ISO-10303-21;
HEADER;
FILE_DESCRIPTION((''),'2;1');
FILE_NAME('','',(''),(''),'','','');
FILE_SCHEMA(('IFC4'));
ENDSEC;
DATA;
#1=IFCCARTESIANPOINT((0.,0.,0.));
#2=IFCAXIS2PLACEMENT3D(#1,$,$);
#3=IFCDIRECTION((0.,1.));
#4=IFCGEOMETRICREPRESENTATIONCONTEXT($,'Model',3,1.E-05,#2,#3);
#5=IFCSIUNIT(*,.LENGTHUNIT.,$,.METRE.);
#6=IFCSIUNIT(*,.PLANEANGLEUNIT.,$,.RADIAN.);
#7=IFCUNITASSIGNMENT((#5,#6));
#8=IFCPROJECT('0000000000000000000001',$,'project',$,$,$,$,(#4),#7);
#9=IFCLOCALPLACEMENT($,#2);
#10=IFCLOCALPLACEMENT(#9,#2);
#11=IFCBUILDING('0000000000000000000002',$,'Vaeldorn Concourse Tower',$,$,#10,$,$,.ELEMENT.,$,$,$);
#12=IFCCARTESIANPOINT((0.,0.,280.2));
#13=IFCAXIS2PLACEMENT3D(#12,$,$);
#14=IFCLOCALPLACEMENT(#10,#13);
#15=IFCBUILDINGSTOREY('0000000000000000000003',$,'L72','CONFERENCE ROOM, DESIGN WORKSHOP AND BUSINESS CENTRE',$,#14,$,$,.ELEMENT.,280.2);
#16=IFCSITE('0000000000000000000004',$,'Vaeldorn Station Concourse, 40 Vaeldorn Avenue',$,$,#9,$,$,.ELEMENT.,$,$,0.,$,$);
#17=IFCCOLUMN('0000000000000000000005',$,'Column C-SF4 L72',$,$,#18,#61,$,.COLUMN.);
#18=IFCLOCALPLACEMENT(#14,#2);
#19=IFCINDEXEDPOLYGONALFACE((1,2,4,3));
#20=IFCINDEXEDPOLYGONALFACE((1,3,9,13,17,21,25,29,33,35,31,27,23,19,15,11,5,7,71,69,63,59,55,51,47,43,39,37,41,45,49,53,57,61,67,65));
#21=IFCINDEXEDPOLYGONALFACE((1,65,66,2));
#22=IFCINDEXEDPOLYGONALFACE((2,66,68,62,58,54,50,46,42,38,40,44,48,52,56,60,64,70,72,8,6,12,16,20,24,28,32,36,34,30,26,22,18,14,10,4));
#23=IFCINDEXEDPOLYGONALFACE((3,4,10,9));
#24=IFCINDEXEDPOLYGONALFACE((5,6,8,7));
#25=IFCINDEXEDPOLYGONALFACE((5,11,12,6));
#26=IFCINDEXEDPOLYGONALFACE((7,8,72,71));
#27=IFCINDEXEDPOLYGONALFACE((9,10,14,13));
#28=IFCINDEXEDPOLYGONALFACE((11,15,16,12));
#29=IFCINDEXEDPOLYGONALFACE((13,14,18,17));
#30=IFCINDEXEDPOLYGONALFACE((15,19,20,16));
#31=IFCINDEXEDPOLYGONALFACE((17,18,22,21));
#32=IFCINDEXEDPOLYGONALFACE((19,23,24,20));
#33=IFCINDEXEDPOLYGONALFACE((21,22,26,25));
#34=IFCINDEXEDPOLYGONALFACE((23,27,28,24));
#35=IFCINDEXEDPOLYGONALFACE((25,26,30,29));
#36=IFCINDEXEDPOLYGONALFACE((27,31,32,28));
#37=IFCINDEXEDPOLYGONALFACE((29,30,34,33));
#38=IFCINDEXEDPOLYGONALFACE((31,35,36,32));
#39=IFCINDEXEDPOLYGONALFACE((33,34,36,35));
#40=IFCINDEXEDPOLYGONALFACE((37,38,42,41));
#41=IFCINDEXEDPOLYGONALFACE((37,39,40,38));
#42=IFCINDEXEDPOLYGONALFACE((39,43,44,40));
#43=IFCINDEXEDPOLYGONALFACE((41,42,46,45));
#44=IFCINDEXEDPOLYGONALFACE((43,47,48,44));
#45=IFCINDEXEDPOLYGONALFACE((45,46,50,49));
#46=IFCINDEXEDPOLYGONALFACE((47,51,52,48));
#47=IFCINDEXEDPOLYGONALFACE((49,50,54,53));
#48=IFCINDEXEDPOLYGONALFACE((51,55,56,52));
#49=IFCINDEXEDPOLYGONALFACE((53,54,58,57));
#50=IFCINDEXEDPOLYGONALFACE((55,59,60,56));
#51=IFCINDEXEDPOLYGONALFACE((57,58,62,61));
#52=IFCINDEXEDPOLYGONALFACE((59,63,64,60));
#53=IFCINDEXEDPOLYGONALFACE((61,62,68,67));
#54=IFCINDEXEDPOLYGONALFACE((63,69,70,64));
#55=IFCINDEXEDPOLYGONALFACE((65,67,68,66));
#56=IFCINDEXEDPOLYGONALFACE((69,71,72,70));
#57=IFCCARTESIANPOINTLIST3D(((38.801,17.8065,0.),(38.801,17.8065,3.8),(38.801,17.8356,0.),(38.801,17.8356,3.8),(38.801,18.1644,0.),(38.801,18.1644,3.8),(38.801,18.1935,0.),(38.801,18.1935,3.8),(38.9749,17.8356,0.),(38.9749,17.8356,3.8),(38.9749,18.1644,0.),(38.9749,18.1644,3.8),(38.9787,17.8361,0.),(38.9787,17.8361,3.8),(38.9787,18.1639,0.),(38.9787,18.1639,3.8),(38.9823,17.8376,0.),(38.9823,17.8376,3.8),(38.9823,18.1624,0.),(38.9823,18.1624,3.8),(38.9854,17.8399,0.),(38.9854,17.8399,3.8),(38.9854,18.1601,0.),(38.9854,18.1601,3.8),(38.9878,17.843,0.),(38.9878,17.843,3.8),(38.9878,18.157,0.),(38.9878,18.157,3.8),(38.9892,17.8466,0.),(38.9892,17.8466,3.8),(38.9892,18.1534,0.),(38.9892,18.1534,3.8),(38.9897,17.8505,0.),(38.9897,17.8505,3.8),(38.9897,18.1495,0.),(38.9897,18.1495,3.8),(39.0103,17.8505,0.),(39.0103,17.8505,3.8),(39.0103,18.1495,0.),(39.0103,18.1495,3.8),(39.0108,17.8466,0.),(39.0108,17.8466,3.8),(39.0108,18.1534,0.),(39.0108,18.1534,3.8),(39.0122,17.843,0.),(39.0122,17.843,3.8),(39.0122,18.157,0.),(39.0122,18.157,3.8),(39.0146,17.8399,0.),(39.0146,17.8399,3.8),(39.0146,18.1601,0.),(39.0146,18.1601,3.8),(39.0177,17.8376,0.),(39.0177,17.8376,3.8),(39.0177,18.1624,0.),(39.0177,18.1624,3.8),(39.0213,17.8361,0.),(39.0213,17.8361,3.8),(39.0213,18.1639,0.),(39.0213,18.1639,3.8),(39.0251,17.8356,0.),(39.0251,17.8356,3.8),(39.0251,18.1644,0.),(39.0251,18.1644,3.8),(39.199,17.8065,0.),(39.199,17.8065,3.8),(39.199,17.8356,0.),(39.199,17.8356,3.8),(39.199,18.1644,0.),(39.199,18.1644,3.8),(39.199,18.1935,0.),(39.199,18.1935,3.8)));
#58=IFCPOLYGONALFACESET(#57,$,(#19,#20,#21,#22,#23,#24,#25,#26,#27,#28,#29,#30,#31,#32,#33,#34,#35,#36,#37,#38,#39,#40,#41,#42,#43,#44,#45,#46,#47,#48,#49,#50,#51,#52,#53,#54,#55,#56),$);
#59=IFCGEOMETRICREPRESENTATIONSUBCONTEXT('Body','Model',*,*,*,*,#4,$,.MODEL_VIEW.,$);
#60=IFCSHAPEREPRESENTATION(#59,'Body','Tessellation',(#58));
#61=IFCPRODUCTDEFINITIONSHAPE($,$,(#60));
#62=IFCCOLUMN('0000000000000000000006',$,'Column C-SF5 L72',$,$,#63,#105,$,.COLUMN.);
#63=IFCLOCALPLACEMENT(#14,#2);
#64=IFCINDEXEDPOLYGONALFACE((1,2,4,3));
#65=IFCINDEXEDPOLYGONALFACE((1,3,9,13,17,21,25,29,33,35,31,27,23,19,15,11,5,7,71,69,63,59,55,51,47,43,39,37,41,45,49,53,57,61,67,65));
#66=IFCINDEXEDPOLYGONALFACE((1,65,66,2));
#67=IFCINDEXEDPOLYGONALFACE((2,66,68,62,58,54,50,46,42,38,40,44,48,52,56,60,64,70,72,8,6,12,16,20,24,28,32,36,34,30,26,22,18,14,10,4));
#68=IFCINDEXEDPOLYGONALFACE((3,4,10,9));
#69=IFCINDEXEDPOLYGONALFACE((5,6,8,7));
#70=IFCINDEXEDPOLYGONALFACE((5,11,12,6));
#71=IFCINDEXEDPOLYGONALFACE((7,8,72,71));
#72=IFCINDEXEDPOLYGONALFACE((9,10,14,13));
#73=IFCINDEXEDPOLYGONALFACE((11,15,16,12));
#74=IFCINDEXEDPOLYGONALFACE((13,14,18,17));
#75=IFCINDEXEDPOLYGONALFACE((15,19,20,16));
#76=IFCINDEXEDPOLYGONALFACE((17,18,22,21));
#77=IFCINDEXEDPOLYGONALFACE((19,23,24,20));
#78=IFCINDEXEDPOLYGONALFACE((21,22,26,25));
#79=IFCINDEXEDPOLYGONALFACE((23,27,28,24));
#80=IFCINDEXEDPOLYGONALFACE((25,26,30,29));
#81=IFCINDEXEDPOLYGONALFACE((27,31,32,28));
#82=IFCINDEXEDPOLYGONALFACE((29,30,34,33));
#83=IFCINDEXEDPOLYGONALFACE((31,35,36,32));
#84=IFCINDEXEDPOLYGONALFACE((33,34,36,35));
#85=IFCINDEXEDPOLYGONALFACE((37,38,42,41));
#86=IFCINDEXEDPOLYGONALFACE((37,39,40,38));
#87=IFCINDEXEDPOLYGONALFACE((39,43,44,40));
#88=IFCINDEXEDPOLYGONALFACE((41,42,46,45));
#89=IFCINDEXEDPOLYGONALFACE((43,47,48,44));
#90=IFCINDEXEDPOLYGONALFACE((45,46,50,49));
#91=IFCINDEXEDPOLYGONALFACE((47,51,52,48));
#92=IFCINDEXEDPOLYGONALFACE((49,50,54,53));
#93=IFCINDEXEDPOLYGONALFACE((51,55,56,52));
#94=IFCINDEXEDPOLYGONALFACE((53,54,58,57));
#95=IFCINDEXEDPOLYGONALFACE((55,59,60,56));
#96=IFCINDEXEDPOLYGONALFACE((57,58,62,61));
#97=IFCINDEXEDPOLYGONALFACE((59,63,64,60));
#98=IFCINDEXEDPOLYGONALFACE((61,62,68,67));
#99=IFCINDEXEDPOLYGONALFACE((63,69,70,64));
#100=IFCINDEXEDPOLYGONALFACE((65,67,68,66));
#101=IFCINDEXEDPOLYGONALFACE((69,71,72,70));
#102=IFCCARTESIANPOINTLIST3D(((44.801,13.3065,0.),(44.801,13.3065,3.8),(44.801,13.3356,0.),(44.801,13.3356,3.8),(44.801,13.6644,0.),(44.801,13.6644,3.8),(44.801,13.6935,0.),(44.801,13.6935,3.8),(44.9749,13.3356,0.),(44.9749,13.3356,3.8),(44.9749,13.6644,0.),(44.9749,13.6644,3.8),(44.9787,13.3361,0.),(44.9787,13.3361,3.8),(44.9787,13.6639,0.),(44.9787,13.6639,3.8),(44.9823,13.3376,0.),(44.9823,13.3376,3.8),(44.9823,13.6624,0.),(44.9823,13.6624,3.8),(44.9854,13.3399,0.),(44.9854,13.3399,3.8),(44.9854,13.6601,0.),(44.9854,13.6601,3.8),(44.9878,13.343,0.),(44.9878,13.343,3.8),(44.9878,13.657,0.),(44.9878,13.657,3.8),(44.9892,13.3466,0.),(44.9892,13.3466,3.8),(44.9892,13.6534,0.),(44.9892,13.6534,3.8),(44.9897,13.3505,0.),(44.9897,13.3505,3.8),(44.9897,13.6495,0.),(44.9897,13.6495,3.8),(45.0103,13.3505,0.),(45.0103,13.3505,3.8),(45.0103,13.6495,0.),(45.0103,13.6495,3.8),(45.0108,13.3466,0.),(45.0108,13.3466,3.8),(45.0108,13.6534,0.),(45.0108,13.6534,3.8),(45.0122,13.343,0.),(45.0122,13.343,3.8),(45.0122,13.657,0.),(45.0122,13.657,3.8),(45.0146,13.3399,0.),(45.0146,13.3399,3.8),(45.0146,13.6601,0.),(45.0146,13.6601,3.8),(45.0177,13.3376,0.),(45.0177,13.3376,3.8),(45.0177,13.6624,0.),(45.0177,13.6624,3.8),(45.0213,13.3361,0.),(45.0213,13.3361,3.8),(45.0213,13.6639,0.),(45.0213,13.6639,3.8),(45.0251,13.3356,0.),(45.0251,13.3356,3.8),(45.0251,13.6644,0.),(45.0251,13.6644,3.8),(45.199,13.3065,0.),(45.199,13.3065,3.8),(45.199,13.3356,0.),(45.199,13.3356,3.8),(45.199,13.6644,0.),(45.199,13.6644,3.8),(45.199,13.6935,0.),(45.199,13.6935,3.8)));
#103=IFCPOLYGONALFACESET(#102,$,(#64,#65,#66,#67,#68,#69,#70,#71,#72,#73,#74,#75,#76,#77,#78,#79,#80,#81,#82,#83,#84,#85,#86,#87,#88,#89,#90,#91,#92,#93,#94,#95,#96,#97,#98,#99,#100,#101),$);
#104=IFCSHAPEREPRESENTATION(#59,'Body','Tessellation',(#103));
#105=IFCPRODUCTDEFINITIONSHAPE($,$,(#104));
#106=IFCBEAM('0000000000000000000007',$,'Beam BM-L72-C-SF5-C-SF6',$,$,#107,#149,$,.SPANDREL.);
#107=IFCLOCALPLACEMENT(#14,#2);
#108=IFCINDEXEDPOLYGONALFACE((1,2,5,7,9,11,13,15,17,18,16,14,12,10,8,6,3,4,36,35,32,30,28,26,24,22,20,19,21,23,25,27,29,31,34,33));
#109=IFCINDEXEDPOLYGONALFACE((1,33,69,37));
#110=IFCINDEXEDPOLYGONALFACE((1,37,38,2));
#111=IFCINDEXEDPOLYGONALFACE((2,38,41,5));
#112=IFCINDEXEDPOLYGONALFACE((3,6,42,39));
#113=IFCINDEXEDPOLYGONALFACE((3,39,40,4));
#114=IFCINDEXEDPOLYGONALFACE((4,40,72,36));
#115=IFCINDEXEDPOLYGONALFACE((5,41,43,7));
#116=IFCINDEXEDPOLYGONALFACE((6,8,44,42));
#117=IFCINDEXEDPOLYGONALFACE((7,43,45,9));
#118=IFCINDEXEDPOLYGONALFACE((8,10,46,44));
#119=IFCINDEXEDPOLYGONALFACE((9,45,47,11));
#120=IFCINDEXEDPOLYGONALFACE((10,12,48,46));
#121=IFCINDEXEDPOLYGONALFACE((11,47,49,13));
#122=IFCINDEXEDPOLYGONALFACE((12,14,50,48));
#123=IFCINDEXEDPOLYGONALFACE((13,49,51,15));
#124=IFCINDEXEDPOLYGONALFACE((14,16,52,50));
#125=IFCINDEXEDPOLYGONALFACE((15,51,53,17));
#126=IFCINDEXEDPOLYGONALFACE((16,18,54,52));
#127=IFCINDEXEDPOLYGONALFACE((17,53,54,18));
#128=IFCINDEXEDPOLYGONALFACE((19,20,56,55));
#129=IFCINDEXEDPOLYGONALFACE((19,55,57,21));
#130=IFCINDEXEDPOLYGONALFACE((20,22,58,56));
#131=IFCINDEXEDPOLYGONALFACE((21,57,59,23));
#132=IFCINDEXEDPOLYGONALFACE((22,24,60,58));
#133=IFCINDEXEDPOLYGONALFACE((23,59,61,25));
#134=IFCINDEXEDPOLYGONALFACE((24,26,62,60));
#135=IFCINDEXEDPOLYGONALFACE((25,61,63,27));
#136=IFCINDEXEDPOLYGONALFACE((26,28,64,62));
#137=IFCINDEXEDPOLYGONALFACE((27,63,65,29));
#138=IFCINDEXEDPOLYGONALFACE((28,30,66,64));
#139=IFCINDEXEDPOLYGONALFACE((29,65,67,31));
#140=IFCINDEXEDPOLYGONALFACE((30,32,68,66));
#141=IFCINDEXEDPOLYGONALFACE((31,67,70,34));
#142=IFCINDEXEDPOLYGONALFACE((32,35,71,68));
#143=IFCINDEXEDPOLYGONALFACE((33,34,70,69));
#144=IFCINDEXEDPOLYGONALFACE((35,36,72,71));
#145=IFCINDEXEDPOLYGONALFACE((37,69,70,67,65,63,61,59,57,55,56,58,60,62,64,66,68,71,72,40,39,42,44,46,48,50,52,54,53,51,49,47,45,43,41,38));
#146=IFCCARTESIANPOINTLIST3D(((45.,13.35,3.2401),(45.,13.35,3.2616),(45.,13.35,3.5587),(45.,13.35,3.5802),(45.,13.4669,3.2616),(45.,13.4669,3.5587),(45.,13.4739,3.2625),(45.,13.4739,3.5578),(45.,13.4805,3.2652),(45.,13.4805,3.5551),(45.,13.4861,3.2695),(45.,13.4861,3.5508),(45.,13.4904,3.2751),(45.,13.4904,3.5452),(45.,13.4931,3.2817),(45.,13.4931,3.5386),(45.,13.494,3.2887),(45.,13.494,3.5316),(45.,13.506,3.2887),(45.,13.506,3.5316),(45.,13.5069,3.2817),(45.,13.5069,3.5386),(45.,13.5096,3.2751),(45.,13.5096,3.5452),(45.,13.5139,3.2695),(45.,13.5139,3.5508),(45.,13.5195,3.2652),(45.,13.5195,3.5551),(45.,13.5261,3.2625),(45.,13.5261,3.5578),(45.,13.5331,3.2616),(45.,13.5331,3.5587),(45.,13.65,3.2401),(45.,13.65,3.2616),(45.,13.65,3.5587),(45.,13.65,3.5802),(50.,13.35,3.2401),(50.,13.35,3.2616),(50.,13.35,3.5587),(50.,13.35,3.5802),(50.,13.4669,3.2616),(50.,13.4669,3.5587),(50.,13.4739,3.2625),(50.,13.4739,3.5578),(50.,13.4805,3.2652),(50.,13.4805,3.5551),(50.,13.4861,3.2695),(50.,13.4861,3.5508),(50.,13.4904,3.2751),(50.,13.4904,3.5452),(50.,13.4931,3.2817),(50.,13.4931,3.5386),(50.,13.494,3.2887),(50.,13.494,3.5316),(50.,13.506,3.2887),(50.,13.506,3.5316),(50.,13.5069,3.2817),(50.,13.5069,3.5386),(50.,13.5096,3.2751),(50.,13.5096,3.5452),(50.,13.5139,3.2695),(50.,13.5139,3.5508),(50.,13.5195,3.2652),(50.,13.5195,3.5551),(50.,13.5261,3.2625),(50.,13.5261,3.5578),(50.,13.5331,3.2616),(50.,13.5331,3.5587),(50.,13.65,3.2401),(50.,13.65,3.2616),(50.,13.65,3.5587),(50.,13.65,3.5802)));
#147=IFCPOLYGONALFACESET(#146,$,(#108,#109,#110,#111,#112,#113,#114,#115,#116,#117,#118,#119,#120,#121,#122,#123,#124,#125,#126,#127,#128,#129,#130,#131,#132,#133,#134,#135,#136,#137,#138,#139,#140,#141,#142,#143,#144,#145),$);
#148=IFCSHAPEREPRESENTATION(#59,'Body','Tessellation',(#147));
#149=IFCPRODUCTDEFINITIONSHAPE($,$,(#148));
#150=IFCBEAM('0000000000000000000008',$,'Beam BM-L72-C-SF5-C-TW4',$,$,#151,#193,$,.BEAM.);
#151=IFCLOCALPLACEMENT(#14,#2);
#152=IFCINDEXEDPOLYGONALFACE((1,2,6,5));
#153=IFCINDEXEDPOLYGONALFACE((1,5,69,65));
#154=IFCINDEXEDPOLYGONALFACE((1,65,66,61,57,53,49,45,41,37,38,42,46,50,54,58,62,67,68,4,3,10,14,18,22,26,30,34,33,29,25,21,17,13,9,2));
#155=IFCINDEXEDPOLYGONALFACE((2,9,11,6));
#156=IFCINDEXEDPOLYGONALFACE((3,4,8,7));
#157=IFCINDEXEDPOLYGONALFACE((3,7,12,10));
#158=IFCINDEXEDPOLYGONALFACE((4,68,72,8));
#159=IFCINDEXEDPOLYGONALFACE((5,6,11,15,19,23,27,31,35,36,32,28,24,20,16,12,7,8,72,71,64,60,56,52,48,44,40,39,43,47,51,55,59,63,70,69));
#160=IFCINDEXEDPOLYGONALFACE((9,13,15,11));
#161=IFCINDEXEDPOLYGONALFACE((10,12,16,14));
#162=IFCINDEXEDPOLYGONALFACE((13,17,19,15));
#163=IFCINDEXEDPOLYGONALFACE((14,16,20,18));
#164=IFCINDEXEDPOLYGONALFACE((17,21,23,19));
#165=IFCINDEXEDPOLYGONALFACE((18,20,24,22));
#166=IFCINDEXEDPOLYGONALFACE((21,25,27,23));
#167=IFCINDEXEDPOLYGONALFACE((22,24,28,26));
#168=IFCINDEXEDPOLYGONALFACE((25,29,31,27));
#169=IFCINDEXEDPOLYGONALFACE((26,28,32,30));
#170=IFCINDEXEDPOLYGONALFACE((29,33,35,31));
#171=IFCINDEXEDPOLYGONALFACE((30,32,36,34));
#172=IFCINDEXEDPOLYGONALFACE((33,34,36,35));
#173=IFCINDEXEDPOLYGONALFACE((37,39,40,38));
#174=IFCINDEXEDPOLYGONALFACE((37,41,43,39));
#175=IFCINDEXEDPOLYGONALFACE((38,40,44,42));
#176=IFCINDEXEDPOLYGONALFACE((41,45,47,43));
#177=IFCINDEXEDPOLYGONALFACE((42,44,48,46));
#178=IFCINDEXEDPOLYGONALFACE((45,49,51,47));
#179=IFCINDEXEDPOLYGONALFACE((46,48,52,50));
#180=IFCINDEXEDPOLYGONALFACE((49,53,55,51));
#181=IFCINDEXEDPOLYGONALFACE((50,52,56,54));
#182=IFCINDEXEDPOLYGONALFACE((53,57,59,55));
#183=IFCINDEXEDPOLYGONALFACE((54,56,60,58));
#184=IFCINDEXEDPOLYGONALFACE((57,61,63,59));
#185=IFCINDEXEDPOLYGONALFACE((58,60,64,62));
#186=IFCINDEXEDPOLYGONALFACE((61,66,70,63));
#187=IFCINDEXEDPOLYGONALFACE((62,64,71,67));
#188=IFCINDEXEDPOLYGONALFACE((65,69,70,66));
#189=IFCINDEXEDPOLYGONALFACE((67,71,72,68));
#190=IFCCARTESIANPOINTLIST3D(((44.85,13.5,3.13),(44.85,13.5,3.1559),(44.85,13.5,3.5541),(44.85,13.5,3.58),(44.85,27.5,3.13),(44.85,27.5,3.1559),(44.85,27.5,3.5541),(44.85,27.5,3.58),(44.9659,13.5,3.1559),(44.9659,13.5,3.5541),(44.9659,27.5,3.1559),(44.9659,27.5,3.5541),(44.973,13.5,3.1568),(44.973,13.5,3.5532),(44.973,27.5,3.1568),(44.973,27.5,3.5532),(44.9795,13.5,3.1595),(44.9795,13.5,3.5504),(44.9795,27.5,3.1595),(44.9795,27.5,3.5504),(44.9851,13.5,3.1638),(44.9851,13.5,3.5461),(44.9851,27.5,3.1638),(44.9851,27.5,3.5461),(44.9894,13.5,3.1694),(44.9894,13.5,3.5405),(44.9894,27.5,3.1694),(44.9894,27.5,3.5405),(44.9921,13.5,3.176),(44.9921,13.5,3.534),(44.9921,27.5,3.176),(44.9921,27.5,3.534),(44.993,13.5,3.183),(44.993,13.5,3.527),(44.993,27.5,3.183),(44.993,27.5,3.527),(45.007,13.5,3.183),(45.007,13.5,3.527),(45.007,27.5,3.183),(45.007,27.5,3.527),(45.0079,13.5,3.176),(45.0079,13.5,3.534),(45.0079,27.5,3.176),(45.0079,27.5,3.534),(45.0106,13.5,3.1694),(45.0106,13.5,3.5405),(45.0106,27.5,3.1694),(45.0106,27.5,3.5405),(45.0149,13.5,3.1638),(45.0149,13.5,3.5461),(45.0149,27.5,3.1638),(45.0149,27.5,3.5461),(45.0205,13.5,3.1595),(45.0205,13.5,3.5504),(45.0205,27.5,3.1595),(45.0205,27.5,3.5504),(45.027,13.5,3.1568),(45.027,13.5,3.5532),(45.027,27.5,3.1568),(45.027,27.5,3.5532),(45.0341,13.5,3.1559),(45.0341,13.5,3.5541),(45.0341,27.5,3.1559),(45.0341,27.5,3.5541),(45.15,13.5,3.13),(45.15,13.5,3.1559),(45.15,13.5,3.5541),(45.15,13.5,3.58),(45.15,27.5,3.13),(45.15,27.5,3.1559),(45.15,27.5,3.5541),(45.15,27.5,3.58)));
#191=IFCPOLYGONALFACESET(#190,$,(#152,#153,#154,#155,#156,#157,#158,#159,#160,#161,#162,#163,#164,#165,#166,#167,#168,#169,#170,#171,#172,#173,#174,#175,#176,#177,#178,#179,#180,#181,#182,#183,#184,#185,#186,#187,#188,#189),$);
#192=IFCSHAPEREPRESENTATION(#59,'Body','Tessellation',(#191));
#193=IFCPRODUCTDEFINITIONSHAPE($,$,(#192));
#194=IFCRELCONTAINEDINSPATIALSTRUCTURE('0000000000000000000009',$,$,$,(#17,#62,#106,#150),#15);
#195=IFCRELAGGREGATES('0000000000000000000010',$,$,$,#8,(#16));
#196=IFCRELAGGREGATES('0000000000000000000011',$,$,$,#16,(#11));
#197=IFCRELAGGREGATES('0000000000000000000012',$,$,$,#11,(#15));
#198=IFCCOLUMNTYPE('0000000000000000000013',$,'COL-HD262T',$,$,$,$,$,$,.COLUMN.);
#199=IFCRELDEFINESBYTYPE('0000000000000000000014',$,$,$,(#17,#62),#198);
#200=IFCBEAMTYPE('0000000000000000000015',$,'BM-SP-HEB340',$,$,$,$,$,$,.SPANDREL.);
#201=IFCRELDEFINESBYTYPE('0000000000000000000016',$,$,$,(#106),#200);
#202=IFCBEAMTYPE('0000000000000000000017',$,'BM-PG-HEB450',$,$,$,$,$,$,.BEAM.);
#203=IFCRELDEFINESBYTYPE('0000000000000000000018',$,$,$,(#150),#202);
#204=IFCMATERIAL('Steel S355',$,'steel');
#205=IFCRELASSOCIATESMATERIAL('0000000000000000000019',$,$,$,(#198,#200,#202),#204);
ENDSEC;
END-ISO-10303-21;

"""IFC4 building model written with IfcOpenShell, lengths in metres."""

from ifc_helpers import new_model, si_unit, direction, frame, origin, origin_2d, place, context, subcontext, project, spatial, i_section, extrude, source, transform, mapped, material, material_profile, profile_set, type_object, element, save


model = new_model("IFC4")

# Units and contexts
model_context = context("Model", 3, precision=1e-05, world=origin(), true_north=direction((0.0, 1.0)))
body_context = subcontext(model_context, "Body", "Model", "MODEL_VIEW")
ifc_project = project(units=[si_unit("LENGTHUNIT", "METRE"), si_unit("PLANEANGLEUNIT", "RADIAN")], contexts=[model_context])

# Site, building, storey
site_placement = place(None, origin())
site = spatial("IfcSite", under=ifc_project, at=site_placement, Name="Vaeldorn Station Concourse, 40 Vaeldorn Avenue", CompositionType="ELEMENT", RefElevation=0.0)
building_placement = place(site_placement, origin())
building = spatial("IfcBuilding", under=site, at=building_placement, Name="Vaeldorn Concourse Tower", CompositionType="ELEMENT")
storey_placement = place(building_placement, frame((0.0, 0.0, 280.2)))
storey = spatial("IfcBuildingStorey", under=building, at=storey_placement, Name="L72", Description="CONFERENCE ROOM, DESIGN WORKSHOP AND BUSINESS CENTRE", CompositionType="ELEMENT", Elevation=280.2)

# Columns
ifc_material_1 = material(Name="Steel S355", Category="steel")
ifc_material_profile_1 = material_profile(ifc_material_1, i_section(OverallWidth=0.3979, OverallDepth=0.387, WebThickness=0.0205, FlangeThickness=0.0291, FilletRadius=0.0149, at=origin_2d()), Name="HD 400x262")
ifc_profile_set_1 = profile_set([ifc_material_profile_1], Name="Steel S355")
column_type = type_object("IfcColumnType", Name="COL-HD262T", PredefinedType="COLUMN", material=ifc_profile_set_1)
shared_shape_1 = source(origin(), body_context, "Body", "SweptSolid", [
    extrude(i_section(OverallWidth=0.3979, OverallDepth=0.387, WebThickness=0.0205, FlangeThickness=0.0291, FilletRadius=0.0149, at=origin_2d()), origin(), (0.0, 0.0, 1.0), 3.8),
])
for number, where, z_axis, x_axis, name in (
    (1, (39.0, 18.0, 0.0), (0.0, 0.0, 1.0), (1.0, 0.0, 0.0), "Column C-SF4 L72"),
    (2, (45.0, 13.5, 0.0), (0.0, 0.0, 1.0), (1.0, 0.0, 0.0), "Column C-SF5 L72"),
):
    element("IfcColumn", number, at=place(storey_placement, frame(where, z_axis=z_axis, x_axis=x_axis)), inside=storey, type_object=column_type, Name=name, PredefinedType="COLUMN", context=body_context, shape_type="MappedRepresentation", body=[
        mapped(shared_shape_1, transform((0.0, 0.0, 0.0), scale=1.0)),
    ])

# Beams
ifc_material_profile_2 = material_profile(ifc_material_1, i_section(OverallWidth=0.3, OverallDepth=0.3401, WebThickness=0.012, FlangeThickness=0.0215, FilletRadius=0.0271, at=origin_2d()), Name="HEB 340")
ifc_profile_set_2 = profile_set([ifc_material_profile_2], Name="Steel S355")
beam_type_1 = type_object("IfcBeamType", Name="BM-SP-HEB340", PredefinedType="SPANDREL", material=ifc_profile_set_2)
shared_shape_2 = source(origin(), body_context, "Body", "SweptSolid", [
    extrude(i_section(OverallWidth=0.3, OverallDepth=0.3401, WebThickness=0.012, FlangeThickness=0.0215, FilletRadius=0.0271, at=origin_2d()), origin(), (0.0, 0.0, 1.0), 5.0),
])
beam_1_placement = place(storey_placement, frame((45.0, 13.5, 3.4102), z_axis=(1.0, 0.0, 0.0), x_axis=(0.0, 1.0, 0.0)))
element("IfcBeam", 3, at=beam_1_placement, inside=storey, type_object=beam_type_1, Name="Beam BM-L72-C-SF5-C-SF6", PredefinedType="SPANDREL", context=body_context, shape_type="MappedRepresentation", body=[
    mapped(shared_shape_2, transform((0.0, 0.0, 0.0), scale=1.0)),
])
ifc_material_profile_3 = material_profile(ifc_material_1, i_section(OverallWidth=0.3, OverallDepth=0.45, WebThickness=0.0139, FlangeThickness=0.0259, FilletRadius=0.0271, at=origin_2d()), Name="HEB 450")
ifc_profile_set_3 = profile_set([ifc_material_profile_3], Name="Steel S355")
beam_type_2 = type_object("IfcBeamType", Name="BM-PG-HEB450", PredefinedType="BEAM", material=ifc_profile_set_3)
shared_shape_3 = source(origin(), body_context, "Body", "SweptSolid", [
    extrude(i_section(OverallWidth=0.3, OverallDepth=0.45, WebThickness=0.0139, FlangeThickness=0.0259, FilletRadius=0.0271, at=origin_2d()), origin(), (0.0, 0.0, 1.0), 14.0),
])
beam_2_placement = place(storey_placement, frame((45.0, 13.5, 3.355), z_axis=(0.0, 1.0, 0.0), x_axis=(-1.0, 0.0, 0.0)))
element("IfcBeam", 4, at=beam_2_placement, inside=storey, type_object=beam_type_2, Name="Beam BM-L72-C-SF5-C-TW4", PredefinedType="BEAM", context=body_context, shape_type="MappedRepresentation", body=[
    mapped(shared_shape_3, transform((0.0, 0.0, 0.0), scale=1.0)),
])

save(model, "model.ifc")
